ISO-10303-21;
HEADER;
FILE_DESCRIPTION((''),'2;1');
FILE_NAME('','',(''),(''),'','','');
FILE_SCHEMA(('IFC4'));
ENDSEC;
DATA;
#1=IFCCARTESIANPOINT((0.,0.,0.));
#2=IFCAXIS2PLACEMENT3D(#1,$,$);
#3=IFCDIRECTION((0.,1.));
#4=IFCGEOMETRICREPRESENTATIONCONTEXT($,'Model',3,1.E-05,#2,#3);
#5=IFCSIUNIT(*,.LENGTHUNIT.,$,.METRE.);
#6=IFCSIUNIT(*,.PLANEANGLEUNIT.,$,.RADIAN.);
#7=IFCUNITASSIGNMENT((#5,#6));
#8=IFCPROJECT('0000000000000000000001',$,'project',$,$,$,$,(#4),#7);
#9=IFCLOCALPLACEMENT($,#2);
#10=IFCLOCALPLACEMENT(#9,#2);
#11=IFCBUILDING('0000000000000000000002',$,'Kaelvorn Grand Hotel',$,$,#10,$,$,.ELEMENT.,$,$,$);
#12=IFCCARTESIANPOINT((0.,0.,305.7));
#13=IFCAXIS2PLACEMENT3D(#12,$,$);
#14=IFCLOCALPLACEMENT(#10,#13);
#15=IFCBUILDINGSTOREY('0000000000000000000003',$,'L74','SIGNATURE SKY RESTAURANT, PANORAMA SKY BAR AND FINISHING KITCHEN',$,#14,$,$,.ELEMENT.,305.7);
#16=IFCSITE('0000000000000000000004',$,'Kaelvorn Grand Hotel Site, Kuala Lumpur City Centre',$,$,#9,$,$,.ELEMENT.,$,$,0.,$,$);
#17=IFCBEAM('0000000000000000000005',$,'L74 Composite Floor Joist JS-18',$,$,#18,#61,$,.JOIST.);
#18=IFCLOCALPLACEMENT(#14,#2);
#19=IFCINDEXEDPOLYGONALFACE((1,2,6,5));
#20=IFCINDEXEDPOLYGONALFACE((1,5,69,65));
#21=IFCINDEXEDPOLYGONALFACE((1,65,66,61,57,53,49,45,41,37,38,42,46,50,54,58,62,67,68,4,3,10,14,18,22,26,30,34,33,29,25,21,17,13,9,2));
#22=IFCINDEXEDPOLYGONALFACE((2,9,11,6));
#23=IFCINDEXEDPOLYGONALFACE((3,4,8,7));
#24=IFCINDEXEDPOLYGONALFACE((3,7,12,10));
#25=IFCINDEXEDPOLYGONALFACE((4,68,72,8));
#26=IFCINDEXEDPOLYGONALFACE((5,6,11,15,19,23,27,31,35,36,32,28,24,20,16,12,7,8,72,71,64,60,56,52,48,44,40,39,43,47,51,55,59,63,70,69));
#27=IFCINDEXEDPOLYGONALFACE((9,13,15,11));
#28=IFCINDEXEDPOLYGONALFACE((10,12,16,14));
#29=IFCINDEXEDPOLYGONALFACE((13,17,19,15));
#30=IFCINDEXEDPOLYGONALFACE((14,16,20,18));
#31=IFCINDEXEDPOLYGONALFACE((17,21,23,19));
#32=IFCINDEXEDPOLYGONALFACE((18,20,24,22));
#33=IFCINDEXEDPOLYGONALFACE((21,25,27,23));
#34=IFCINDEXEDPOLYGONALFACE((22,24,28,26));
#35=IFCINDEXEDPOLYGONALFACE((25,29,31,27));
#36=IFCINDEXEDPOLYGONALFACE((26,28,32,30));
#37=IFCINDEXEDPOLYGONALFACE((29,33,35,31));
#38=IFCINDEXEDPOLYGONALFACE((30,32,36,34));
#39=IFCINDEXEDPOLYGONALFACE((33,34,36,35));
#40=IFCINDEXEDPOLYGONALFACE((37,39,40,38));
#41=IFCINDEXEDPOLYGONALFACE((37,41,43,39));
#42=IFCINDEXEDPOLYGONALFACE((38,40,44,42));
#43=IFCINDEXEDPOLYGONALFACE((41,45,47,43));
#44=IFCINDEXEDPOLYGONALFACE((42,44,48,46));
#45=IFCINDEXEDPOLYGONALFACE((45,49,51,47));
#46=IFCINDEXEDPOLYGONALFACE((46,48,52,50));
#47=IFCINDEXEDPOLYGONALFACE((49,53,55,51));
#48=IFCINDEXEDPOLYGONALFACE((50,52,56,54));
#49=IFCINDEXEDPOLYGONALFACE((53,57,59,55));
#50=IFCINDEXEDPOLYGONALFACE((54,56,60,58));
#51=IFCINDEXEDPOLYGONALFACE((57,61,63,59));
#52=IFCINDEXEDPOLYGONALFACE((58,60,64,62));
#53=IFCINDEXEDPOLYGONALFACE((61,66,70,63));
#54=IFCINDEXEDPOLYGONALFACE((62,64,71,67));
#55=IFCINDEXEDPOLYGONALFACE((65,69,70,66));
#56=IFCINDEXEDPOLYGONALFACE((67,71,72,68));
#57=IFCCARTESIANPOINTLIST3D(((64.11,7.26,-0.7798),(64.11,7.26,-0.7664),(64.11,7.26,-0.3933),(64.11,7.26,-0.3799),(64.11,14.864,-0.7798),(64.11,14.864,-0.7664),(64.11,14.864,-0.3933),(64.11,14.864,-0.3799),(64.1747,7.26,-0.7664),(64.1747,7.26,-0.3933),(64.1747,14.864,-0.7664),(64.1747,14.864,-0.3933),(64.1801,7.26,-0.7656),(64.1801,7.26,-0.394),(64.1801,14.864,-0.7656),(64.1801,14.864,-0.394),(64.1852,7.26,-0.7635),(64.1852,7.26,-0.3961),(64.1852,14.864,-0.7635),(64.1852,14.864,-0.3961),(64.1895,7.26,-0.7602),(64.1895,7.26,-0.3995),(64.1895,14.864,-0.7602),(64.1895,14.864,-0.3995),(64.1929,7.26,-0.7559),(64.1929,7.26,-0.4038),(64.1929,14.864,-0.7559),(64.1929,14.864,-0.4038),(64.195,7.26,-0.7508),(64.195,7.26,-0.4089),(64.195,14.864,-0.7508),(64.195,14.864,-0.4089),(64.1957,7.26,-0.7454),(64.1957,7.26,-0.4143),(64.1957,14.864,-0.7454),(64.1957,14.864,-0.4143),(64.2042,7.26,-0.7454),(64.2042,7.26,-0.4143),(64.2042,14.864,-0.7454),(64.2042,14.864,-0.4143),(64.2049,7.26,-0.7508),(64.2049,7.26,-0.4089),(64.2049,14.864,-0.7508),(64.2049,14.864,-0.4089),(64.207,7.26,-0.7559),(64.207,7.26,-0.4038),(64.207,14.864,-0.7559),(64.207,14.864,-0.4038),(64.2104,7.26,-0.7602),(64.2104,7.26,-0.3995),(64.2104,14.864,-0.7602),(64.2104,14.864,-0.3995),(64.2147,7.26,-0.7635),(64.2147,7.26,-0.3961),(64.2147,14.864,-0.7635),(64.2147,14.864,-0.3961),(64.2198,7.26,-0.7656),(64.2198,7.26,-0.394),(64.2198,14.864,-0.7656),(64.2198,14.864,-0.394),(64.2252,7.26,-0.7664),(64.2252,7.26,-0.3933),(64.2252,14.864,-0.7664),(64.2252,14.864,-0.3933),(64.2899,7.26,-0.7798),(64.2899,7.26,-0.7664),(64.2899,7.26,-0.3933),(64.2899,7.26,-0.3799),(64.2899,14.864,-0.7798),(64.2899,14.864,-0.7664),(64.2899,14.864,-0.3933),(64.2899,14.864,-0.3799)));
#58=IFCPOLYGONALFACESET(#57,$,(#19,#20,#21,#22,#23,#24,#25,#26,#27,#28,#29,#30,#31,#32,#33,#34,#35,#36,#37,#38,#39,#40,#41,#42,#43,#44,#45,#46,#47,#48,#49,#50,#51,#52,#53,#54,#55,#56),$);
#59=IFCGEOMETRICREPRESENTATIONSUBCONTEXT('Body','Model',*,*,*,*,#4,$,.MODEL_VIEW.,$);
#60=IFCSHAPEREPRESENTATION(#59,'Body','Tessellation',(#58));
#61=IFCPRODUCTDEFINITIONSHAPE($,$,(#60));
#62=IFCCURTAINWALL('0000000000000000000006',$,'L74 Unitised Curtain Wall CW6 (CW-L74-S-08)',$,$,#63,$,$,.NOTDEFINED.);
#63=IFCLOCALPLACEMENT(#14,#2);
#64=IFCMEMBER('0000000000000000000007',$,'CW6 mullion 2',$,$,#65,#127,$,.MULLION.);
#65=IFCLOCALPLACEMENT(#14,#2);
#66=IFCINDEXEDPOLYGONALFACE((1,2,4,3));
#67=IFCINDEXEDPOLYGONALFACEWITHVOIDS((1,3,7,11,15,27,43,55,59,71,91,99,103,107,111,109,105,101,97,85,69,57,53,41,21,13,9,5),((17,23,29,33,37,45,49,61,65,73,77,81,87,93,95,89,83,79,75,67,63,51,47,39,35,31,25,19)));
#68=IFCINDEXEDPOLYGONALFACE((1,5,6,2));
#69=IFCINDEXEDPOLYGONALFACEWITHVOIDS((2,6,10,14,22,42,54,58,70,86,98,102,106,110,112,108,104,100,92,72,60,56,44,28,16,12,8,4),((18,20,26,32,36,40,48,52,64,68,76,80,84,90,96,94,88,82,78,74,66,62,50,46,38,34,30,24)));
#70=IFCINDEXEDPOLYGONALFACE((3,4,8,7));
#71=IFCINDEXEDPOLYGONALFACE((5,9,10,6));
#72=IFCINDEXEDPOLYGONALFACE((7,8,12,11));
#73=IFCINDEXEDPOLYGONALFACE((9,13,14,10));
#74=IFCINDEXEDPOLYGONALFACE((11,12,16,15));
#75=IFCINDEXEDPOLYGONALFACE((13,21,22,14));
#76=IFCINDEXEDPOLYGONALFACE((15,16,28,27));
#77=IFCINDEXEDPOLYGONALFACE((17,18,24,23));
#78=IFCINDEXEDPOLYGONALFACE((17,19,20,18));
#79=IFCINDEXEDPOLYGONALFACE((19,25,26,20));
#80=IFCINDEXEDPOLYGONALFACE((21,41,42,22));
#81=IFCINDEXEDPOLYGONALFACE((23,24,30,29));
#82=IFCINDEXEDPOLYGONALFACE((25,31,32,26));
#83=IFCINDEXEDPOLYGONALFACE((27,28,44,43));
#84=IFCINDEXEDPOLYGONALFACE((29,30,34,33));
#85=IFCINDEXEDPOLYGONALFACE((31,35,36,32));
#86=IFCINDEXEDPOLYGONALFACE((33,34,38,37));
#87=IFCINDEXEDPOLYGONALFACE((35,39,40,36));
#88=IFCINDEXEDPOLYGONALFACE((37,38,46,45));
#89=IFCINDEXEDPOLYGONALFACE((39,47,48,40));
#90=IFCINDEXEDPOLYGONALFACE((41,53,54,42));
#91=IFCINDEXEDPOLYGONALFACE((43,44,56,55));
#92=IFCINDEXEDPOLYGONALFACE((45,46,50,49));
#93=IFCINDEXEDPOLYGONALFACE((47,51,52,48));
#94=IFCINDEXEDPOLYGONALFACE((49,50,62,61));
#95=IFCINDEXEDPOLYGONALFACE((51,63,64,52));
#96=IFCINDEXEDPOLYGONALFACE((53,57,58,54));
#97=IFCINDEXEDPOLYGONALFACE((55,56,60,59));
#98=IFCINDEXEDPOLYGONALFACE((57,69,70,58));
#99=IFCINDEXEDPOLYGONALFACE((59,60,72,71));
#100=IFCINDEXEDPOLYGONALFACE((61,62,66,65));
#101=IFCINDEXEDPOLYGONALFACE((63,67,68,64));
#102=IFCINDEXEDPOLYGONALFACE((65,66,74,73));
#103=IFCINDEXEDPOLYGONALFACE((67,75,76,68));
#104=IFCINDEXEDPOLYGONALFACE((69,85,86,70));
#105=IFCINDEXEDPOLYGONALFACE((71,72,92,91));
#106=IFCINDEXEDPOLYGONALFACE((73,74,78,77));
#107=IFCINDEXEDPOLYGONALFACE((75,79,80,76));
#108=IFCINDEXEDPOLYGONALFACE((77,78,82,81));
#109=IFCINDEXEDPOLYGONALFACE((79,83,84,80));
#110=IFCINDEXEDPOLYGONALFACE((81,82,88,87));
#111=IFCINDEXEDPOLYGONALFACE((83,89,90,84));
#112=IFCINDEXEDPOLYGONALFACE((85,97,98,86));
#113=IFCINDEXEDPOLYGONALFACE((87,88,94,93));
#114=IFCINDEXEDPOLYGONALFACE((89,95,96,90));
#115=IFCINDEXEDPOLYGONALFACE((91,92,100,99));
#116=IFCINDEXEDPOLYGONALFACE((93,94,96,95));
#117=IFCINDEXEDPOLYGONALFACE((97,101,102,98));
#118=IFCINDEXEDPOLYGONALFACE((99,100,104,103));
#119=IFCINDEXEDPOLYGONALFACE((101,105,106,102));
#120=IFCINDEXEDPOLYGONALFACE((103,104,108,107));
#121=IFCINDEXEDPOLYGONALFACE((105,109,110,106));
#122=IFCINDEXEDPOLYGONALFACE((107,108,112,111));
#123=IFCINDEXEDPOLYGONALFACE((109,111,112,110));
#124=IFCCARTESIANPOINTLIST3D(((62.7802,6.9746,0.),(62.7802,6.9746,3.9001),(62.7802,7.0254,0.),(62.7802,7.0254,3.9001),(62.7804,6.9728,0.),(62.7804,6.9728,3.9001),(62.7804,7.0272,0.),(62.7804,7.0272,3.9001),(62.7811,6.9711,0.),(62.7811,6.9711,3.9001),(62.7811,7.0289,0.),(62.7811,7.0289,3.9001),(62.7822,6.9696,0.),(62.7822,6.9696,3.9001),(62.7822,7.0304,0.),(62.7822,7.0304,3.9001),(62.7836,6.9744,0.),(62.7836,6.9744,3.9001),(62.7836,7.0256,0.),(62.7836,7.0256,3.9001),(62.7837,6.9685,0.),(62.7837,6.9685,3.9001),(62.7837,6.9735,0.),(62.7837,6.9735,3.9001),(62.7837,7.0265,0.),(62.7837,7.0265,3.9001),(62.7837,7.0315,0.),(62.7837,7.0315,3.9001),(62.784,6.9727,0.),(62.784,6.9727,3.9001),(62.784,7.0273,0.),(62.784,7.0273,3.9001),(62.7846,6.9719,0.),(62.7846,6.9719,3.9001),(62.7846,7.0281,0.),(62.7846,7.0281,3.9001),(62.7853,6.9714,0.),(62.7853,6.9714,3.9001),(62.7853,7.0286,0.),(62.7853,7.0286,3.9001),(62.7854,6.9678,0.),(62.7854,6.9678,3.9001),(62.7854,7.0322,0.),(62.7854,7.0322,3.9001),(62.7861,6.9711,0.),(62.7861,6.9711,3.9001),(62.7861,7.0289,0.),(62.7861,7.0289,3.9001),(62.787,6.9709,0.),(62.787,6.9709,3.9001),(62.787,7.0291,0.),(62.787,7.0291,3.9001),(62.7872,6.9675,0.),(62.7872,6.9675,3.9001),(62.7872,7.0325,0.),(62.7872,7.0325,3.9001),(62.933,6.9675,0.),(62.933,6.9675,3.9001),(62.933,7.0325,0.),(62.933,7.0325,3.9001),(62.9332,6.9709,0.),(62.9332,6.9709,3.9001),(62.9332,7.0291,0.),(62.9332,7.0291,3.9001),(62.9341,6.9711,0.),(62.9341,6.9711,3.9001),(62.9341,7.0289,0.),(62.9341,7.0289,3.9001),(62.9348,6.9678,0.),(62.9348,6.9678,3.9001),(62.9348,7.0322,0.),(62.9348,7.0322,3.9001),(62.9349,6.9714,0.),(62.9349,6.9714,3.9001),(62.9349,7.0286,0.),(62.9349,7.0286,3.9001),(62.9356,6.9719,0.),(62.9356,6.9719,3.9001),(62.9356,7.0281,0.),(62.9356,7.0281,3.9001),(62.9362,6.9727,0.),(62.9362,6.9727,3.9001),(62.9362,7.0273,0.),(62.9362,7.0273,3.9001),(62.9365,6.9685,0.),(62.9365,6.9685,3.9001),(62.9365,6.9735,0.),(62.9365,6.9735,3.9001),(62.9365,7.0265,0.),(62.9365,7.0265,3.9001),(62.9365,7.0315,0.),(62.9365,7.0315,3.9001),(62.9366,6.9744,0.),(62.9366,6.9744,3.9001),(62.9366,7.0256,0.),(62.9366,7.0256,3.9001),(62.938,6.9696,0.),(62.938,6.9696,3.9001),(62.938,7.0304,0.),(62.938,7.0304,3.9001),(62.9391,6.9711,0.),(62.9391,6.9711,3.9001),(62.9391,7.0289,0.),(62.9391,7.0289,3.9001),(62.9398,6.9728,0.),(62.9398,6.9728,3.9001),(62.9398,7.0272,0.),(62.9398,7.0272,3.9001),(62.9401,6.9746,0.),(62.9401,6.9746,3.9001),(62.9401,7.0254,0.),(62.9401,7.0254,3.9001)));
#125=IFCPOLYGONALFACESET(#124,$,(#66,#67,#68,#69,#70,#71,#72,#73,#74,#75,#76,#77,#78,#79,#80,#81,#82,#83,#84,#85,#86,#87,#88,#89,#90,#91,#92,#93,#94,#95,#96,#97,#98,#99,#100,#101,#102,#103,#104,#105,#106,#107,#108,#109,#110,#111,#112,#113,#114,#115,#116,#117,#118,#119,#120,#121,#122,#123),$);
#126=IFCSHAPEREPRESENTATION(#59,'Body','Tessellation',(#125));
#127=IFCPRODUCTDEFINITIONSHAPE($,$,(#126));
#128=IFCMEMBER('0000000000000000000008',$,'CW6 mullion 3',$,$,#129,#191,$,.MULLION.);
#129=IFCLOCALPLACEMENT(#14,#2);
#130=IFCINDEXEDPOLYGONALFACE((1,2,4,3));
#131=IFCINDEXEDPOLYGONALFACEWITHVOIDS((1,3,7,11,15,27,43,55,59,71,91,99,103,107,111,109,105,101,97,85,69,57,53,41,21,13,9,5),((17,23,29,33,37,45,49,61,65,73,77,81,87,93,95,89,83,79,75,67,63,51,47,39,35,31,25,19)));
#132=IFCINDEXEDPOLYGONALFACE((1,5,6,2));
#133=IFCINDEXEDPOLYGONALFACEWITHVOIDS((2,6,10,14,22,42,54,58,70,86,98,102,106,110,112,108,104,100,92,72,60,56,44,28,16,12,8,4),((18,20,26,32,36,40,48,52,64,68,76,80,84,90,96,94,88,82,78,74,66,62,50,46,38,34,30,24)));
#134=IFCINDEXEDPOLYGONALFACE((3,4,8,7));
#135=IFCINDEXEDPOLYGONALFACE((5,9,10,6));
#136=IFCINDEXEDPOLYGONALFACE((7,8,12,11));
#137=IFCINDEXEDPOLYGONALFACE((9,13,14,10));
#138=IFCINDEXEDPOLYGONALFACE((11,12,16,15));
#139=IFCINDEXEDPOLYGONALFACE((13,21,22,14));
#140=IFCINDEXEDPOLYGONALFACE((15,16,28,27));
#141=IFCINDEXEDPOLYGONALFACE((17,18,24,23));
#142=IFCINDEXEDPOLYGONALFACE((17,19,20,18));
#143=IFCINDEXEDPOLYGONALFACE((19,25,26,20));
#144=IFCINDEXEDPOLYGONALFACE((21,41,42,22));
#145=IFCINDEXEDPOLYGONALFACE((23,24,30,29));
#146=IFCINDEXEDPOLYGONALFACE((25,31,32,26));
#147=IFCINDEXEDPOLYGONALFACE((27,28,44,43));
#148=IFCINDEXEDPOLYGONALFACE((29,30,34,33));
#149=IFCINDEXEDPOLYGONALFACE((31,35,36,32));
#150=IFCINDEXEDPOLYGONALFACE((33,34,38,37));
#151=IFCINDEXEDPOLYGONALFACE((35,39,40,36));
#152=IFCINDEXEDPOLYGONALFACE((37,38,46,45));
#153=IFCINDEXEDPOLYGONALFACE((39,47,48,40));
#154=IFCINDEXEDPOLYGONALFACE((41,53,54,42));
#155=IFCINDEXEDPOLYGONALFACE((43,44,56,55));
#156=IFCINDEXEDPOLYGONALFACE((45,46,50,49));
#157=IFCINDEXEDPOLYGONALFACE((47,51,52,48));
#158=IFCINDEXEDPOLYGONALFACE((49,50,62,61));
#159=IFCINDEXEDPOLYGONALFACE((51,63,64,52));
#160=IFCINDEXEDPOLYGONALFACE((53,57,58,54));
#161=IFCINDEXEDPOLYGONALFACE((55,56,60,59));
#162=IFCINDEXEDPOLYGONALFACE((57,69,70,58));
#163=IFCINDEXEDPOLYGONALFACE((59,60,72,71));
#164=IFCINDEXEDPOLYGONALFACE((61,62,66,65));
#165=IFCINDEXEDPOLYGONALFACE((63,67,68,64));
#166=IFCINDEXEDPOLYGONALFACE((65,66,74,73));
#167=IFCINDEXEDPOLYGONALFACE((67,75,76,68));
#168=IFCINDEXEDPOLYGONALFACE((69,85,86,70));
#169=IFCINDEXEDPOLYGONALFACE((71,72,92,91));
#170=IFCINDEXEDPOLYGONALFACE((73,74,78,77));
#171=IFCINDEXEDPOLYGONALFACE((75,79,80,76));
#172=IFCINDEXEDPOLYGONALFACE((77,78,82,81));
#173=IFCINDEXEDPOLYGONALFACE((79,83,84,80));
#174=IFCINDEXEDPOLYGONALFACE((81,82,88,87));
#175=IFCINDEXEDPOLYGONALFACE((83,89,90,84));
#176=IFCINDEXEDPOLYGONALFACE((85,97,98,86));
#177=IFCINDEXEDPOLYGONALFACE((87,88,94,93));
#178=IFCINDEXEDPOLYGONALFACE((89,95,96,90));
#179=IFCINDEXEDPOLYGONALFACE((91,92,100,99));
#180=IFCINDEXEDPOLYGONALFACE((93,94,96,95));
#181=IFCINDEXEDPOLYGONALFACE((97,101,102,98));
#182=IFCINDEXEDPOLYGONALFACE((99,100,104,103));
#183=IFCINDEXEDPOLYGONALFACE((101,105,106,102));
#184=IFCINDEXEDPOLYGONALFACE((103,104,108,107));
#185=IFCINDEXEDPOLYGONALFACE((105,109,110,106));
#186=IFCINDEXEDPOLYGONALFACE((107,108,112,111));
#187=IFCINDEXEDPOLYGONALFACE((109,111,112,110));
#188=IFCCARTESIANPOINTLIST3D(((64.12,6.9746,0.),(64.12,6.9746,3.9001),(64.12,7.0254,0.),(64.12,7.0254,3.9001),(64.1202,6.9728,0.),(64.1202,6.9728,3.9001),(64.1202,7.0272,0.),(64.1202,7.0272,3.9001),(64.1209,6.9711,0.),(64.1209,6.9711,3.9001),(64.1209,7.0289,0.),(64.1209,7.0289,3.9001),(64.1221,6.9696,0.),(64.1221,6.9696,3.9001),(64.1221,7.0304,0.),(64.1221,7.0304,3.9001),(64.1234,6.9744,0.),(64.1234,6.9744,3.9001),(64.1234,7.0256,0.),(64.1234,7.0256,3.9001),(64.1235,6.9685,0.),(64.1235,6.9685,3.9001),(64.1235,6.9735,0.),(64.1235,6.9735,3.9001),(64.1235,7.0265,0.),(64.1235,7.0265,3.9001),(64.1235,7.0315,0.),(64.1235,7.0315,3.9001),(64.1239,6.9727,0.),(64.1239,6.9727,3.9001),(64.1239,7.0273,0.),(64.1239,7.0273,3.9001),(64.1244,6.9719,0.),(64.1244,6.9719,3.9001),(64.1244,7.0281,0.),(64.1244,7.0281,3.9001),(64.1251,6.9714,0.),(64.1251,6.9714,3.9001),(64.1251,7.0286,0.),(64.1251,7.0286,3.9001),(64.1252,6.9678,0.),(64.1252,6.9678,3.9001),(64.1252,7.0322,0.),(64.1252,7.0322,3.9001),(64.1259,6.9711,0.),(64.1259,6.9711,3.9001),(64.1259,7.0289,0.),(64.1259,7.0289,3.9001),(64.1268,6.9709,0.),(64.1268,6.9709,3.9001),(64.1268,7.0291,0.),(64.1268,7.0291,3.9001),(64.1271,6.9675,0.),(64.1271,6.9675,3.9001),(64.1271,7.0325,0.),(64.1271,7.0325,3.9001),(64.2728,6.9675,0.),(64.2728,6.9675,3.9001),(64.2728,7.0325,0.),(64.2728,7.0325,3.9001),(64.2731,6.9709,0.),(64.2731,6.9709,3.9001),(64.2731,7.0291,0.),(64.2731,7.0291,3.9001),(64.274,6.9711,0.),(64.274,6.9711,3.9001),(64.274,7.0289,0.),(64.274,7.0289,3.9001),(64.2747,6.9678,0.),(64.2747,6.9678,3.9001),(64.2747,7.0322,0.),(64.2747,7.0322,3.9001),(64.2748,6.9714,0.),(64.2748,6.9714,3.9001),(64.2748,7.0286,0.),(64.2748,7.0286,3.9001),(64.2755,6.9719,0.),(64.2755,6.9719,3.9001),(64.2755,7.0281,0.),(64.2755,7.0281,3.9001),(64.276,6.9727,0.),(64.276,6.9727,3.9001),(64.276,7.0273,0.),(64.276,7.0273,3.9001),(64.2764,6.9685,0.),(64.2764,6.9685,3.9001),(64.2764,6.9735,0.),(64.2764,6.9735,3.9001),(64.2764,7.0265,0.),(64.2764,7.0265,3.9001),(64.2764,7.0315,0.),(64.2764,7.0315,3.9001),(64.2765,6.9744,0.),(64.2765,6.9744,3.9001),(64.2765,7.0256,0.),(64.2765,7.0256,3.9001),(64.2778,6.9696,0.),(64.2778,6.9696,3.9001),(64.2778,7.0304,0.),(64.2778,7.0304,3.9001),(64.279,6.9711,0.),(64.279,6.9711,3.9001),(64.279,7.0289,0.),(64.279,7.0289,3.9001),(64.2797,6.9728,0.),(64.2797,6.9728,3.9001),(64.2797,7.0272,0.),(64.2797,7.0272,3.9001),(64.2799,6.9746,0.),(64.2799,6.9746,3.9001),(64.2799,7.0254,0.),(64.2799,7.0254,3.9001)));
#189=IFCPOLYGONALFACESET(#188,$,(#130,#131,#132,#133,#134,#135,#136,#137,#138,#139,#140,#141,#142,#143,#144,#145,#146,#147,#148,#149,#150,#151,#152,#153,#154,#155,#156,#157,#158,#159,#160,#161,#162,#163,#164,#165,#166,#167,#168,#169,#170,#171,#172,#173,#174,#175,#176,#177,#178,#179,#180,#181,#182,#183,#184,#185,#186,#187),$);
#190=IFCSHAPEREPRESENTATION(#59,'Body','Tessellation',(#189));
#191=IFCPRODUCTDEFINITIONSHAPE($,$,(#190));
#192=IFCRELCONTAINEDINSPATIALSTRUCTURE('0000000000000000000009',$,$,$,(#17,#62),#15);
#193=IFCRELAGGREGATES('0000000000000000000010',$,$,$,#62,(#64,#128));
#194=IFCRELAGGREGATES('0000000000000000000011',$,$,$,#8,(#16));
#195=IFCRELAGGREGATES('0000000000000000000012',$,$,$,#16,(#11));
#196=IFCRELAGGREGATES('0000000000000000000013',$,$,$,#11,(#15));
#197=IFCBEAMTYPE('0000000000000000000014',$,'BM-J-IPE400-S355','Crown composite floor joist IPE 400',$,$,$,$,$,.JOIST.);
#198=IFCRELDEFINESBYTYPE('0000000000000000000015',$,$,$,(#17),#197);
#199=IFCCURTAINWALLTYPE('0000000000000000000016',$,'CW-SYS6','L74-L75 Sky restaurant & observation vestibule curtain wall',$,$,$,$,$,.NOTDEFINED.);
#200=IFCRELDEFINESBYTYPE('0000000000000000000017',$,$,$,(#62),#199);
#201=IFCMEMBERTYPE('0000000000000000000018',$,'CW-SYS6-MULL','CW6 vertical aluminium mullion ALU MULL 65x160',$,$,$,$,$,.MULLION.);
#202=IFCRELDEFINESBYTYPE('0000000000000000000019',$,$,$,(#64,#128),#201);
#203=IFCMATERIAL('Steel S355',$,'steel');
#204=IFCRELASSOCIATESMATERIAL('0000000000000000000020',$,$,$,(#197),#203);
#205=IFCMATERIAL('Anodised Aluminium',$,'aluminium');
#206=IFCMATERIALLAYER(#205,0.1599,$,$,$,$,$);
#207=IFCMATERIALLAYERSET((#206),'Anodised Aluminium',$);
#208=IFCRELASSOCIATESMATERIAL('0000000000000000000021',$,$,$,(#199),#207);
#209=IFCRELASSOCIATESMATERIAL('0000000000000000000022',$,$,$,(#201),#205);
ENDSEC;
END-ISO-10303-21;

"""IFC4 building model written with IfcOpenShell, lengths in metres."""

from ifc_helpers import new_model, si_unit, direction, frame, origin, origin_2d, place, context, subcontext, project, spatial, hollow_rectangle, i_section, extrude, material, layer, layer_set, material_profile, profile_set, type_object, element, aggregate, save


model = new_model("IFC4")

# Units and contexts
model_context = context("Model", 3, precision=1e-05, world=origin(), true_north=direction((0.0, 1.0)))
body_context = subcontext(model_context, "Body", "Model", "MODEL_VIEW")
ifc_project = project(units=[si_unit("LENGTHUNIT", "METRE"), si_unit("PLANEANGLEUNIT", "RADIAN")], contexts=[model_context])

# Site, building, storey
site_placement = place(None, origin())
site = spatial("IfcSite", under=ifc_project, at=site_placement, Name="Kaelvorn Grand Hotel Site, Kuala Lumpur City Centre", CompositionType="ELEMENT", RefElevation=0.0)
building_placement = place(site_placement, origin())
building = spatial("IfcBuilding", under=site, at=building_placement, Name="Kaelvorn Grand Hotel", CompositionType="ELEMENT")
storey_placement = place(building_placement, frame((0.0, 0.0, 305.7)))
storey = spatial("IfcBuildingStorey", under=building, at=storey_placement, Name="L74", Description="SIGNATURE SKY RESTAURANT, PANORAMA SKY BAR AND FINISHING KITCHEN", CompositionType="ELEMENT", Elevation=305.7)

# Beam
ifc_material_1 = material(Name="Steel S355", Category="steel")
ifc_material_profile_1 = material_profile(ifc_material_1, i_section(OverallWidth=0.1799, OverallDepth=0.3999, WebThickness=0.0085, FlangeThickness=0.0134, FilletRadius=0.021, at=origin_2d()), Name="IPE 400")
ifc_profile_set_1 = profile_set([ifc_material_profile_1], Name="Steel S355")
beam_type = type_object("IfcBeamType", Name="BM-J-IPE400-S355", Description="Crown composite floor joist IPE 400", PredefinedType="JOIST", material=ifc_profile_set_1)
beam_placement = place(storey_placement, frame((64.2, 7.26, -0.5798), z_axis=(0.0, 1.0, 0.0), x_axis=(-1.0, 0.0, 0.0)))
element("IfcBeam", 1, at=beam_placement, inside=storey, type_object=beam_type, Name="L74 Composite Floor Joist JS-18", PredefinedType="JOIST", context=body_context, shape_type="SweptSolid", body=[
    extrude(i_section(OverallWidth=0.1799, OverallDepth=0.3999, WebThickness=0.0085, FlangeThickness=0.0134, FilletRadius=0.021, at=origin_2d()), origin(), (0.0, 0.0, 1.0), 7.604),
])

# Curtain wall, members
ifc_material_2 = material(Name="Anodised Aluminium", Category="aluminium")
ifc_layer_1 = layer(ifc_material_2, 0.1599)
ifc_layer_set_1 = layer_set([ifc_layer_1], Name="Anodised Aluminium")
curtain_wall_type = type_object("IfcCurtainWallType", Name="CW-SYS6", Description="L74-L75 Sky restaurant & observation vestibule curtain wall", PredefinedType="NOTDEFINED", material=ifc_layer_set_1)
curtain_wall_placement = place(storey_placement, origin())
curtain_wall = element("IfcCurtainWall", 2, at=curtain_wall_placement, inside=storey, type_object=curtain_wall_type, Name="L74 Unitised Curtain Wall CW6 (CW-L74-S-08)", PredefinedType="NOTDEFINED")
ifc_material_profile_2 = material_profile(ifc_material_2, hollow_rectangle(XDim=0.0649, YDim=0.1599, WallThickness=0.0034, InnerFilletRadius=0.0034, OuterFilletRadius=0.0071, at=origin_2d()), Name="ALU MULL 65x160")
ifc_profile_set_2 = profile_set([ifc_material_profile_2], Name="Anodised Aluminium")
member_type_1 = type_object("IfcMemberType", Name="CW-SYS6-MULL", Description="CW6 vertical aluminium mullion ALU MULL 65x160", PredefinedType="MULLION", material=ifc_profile_set_2)
member_1_placement = place(storey_placement, frame((62.8601, 7.0, 0.0), z_axis=(0.0, 0.0, 1.0), x_axis=(0.0, 1.0, 0.0)))
member_1 = element("IfcMember", 3, at=member_1_placement, type_object=member_type_1, Name="CW6 mullion 2", PredefinedType="MULLION", context=body_context, shape_type="SweptSolid", body=[
    extrude(hollow_rectangle(XDim=0.0649, YDim=0.1599, WallThickness=0.0034, InnerFilletRadius=0.0034, OuterFilletRadius=0.0071, at=origin_2d()), origin(), (0.0, 0.0, 1.0), 3.9001),
])
member_2_placement = place(storey_placement, frame((64.2, 7.0, 0.0), z_axis=(0.0, 0.0, 1.0), x_axis=(0.0, 1.0, 0.0)))
member_2 = element("IfcMember", 4, at=member_2_placement, type_object=member_type_1, Name="CW6 mullion 3", PredefinedType="MULLION", context=body_context, shape_type="SweptSolid", body=[
    extrude(hollow_rectangle(XDim=0.0649, YDim=0.1599, WallThickness=0.0034, InnerFilletRadius=0.0034, OuterFilletRadius=0.0071, at=origin_2d()), origin(), (0.0, 0.0, 1.0), 3.9001),
])
aggregate(curtain_wall, [member_1, member_2])

save(model, "model.ifc")
